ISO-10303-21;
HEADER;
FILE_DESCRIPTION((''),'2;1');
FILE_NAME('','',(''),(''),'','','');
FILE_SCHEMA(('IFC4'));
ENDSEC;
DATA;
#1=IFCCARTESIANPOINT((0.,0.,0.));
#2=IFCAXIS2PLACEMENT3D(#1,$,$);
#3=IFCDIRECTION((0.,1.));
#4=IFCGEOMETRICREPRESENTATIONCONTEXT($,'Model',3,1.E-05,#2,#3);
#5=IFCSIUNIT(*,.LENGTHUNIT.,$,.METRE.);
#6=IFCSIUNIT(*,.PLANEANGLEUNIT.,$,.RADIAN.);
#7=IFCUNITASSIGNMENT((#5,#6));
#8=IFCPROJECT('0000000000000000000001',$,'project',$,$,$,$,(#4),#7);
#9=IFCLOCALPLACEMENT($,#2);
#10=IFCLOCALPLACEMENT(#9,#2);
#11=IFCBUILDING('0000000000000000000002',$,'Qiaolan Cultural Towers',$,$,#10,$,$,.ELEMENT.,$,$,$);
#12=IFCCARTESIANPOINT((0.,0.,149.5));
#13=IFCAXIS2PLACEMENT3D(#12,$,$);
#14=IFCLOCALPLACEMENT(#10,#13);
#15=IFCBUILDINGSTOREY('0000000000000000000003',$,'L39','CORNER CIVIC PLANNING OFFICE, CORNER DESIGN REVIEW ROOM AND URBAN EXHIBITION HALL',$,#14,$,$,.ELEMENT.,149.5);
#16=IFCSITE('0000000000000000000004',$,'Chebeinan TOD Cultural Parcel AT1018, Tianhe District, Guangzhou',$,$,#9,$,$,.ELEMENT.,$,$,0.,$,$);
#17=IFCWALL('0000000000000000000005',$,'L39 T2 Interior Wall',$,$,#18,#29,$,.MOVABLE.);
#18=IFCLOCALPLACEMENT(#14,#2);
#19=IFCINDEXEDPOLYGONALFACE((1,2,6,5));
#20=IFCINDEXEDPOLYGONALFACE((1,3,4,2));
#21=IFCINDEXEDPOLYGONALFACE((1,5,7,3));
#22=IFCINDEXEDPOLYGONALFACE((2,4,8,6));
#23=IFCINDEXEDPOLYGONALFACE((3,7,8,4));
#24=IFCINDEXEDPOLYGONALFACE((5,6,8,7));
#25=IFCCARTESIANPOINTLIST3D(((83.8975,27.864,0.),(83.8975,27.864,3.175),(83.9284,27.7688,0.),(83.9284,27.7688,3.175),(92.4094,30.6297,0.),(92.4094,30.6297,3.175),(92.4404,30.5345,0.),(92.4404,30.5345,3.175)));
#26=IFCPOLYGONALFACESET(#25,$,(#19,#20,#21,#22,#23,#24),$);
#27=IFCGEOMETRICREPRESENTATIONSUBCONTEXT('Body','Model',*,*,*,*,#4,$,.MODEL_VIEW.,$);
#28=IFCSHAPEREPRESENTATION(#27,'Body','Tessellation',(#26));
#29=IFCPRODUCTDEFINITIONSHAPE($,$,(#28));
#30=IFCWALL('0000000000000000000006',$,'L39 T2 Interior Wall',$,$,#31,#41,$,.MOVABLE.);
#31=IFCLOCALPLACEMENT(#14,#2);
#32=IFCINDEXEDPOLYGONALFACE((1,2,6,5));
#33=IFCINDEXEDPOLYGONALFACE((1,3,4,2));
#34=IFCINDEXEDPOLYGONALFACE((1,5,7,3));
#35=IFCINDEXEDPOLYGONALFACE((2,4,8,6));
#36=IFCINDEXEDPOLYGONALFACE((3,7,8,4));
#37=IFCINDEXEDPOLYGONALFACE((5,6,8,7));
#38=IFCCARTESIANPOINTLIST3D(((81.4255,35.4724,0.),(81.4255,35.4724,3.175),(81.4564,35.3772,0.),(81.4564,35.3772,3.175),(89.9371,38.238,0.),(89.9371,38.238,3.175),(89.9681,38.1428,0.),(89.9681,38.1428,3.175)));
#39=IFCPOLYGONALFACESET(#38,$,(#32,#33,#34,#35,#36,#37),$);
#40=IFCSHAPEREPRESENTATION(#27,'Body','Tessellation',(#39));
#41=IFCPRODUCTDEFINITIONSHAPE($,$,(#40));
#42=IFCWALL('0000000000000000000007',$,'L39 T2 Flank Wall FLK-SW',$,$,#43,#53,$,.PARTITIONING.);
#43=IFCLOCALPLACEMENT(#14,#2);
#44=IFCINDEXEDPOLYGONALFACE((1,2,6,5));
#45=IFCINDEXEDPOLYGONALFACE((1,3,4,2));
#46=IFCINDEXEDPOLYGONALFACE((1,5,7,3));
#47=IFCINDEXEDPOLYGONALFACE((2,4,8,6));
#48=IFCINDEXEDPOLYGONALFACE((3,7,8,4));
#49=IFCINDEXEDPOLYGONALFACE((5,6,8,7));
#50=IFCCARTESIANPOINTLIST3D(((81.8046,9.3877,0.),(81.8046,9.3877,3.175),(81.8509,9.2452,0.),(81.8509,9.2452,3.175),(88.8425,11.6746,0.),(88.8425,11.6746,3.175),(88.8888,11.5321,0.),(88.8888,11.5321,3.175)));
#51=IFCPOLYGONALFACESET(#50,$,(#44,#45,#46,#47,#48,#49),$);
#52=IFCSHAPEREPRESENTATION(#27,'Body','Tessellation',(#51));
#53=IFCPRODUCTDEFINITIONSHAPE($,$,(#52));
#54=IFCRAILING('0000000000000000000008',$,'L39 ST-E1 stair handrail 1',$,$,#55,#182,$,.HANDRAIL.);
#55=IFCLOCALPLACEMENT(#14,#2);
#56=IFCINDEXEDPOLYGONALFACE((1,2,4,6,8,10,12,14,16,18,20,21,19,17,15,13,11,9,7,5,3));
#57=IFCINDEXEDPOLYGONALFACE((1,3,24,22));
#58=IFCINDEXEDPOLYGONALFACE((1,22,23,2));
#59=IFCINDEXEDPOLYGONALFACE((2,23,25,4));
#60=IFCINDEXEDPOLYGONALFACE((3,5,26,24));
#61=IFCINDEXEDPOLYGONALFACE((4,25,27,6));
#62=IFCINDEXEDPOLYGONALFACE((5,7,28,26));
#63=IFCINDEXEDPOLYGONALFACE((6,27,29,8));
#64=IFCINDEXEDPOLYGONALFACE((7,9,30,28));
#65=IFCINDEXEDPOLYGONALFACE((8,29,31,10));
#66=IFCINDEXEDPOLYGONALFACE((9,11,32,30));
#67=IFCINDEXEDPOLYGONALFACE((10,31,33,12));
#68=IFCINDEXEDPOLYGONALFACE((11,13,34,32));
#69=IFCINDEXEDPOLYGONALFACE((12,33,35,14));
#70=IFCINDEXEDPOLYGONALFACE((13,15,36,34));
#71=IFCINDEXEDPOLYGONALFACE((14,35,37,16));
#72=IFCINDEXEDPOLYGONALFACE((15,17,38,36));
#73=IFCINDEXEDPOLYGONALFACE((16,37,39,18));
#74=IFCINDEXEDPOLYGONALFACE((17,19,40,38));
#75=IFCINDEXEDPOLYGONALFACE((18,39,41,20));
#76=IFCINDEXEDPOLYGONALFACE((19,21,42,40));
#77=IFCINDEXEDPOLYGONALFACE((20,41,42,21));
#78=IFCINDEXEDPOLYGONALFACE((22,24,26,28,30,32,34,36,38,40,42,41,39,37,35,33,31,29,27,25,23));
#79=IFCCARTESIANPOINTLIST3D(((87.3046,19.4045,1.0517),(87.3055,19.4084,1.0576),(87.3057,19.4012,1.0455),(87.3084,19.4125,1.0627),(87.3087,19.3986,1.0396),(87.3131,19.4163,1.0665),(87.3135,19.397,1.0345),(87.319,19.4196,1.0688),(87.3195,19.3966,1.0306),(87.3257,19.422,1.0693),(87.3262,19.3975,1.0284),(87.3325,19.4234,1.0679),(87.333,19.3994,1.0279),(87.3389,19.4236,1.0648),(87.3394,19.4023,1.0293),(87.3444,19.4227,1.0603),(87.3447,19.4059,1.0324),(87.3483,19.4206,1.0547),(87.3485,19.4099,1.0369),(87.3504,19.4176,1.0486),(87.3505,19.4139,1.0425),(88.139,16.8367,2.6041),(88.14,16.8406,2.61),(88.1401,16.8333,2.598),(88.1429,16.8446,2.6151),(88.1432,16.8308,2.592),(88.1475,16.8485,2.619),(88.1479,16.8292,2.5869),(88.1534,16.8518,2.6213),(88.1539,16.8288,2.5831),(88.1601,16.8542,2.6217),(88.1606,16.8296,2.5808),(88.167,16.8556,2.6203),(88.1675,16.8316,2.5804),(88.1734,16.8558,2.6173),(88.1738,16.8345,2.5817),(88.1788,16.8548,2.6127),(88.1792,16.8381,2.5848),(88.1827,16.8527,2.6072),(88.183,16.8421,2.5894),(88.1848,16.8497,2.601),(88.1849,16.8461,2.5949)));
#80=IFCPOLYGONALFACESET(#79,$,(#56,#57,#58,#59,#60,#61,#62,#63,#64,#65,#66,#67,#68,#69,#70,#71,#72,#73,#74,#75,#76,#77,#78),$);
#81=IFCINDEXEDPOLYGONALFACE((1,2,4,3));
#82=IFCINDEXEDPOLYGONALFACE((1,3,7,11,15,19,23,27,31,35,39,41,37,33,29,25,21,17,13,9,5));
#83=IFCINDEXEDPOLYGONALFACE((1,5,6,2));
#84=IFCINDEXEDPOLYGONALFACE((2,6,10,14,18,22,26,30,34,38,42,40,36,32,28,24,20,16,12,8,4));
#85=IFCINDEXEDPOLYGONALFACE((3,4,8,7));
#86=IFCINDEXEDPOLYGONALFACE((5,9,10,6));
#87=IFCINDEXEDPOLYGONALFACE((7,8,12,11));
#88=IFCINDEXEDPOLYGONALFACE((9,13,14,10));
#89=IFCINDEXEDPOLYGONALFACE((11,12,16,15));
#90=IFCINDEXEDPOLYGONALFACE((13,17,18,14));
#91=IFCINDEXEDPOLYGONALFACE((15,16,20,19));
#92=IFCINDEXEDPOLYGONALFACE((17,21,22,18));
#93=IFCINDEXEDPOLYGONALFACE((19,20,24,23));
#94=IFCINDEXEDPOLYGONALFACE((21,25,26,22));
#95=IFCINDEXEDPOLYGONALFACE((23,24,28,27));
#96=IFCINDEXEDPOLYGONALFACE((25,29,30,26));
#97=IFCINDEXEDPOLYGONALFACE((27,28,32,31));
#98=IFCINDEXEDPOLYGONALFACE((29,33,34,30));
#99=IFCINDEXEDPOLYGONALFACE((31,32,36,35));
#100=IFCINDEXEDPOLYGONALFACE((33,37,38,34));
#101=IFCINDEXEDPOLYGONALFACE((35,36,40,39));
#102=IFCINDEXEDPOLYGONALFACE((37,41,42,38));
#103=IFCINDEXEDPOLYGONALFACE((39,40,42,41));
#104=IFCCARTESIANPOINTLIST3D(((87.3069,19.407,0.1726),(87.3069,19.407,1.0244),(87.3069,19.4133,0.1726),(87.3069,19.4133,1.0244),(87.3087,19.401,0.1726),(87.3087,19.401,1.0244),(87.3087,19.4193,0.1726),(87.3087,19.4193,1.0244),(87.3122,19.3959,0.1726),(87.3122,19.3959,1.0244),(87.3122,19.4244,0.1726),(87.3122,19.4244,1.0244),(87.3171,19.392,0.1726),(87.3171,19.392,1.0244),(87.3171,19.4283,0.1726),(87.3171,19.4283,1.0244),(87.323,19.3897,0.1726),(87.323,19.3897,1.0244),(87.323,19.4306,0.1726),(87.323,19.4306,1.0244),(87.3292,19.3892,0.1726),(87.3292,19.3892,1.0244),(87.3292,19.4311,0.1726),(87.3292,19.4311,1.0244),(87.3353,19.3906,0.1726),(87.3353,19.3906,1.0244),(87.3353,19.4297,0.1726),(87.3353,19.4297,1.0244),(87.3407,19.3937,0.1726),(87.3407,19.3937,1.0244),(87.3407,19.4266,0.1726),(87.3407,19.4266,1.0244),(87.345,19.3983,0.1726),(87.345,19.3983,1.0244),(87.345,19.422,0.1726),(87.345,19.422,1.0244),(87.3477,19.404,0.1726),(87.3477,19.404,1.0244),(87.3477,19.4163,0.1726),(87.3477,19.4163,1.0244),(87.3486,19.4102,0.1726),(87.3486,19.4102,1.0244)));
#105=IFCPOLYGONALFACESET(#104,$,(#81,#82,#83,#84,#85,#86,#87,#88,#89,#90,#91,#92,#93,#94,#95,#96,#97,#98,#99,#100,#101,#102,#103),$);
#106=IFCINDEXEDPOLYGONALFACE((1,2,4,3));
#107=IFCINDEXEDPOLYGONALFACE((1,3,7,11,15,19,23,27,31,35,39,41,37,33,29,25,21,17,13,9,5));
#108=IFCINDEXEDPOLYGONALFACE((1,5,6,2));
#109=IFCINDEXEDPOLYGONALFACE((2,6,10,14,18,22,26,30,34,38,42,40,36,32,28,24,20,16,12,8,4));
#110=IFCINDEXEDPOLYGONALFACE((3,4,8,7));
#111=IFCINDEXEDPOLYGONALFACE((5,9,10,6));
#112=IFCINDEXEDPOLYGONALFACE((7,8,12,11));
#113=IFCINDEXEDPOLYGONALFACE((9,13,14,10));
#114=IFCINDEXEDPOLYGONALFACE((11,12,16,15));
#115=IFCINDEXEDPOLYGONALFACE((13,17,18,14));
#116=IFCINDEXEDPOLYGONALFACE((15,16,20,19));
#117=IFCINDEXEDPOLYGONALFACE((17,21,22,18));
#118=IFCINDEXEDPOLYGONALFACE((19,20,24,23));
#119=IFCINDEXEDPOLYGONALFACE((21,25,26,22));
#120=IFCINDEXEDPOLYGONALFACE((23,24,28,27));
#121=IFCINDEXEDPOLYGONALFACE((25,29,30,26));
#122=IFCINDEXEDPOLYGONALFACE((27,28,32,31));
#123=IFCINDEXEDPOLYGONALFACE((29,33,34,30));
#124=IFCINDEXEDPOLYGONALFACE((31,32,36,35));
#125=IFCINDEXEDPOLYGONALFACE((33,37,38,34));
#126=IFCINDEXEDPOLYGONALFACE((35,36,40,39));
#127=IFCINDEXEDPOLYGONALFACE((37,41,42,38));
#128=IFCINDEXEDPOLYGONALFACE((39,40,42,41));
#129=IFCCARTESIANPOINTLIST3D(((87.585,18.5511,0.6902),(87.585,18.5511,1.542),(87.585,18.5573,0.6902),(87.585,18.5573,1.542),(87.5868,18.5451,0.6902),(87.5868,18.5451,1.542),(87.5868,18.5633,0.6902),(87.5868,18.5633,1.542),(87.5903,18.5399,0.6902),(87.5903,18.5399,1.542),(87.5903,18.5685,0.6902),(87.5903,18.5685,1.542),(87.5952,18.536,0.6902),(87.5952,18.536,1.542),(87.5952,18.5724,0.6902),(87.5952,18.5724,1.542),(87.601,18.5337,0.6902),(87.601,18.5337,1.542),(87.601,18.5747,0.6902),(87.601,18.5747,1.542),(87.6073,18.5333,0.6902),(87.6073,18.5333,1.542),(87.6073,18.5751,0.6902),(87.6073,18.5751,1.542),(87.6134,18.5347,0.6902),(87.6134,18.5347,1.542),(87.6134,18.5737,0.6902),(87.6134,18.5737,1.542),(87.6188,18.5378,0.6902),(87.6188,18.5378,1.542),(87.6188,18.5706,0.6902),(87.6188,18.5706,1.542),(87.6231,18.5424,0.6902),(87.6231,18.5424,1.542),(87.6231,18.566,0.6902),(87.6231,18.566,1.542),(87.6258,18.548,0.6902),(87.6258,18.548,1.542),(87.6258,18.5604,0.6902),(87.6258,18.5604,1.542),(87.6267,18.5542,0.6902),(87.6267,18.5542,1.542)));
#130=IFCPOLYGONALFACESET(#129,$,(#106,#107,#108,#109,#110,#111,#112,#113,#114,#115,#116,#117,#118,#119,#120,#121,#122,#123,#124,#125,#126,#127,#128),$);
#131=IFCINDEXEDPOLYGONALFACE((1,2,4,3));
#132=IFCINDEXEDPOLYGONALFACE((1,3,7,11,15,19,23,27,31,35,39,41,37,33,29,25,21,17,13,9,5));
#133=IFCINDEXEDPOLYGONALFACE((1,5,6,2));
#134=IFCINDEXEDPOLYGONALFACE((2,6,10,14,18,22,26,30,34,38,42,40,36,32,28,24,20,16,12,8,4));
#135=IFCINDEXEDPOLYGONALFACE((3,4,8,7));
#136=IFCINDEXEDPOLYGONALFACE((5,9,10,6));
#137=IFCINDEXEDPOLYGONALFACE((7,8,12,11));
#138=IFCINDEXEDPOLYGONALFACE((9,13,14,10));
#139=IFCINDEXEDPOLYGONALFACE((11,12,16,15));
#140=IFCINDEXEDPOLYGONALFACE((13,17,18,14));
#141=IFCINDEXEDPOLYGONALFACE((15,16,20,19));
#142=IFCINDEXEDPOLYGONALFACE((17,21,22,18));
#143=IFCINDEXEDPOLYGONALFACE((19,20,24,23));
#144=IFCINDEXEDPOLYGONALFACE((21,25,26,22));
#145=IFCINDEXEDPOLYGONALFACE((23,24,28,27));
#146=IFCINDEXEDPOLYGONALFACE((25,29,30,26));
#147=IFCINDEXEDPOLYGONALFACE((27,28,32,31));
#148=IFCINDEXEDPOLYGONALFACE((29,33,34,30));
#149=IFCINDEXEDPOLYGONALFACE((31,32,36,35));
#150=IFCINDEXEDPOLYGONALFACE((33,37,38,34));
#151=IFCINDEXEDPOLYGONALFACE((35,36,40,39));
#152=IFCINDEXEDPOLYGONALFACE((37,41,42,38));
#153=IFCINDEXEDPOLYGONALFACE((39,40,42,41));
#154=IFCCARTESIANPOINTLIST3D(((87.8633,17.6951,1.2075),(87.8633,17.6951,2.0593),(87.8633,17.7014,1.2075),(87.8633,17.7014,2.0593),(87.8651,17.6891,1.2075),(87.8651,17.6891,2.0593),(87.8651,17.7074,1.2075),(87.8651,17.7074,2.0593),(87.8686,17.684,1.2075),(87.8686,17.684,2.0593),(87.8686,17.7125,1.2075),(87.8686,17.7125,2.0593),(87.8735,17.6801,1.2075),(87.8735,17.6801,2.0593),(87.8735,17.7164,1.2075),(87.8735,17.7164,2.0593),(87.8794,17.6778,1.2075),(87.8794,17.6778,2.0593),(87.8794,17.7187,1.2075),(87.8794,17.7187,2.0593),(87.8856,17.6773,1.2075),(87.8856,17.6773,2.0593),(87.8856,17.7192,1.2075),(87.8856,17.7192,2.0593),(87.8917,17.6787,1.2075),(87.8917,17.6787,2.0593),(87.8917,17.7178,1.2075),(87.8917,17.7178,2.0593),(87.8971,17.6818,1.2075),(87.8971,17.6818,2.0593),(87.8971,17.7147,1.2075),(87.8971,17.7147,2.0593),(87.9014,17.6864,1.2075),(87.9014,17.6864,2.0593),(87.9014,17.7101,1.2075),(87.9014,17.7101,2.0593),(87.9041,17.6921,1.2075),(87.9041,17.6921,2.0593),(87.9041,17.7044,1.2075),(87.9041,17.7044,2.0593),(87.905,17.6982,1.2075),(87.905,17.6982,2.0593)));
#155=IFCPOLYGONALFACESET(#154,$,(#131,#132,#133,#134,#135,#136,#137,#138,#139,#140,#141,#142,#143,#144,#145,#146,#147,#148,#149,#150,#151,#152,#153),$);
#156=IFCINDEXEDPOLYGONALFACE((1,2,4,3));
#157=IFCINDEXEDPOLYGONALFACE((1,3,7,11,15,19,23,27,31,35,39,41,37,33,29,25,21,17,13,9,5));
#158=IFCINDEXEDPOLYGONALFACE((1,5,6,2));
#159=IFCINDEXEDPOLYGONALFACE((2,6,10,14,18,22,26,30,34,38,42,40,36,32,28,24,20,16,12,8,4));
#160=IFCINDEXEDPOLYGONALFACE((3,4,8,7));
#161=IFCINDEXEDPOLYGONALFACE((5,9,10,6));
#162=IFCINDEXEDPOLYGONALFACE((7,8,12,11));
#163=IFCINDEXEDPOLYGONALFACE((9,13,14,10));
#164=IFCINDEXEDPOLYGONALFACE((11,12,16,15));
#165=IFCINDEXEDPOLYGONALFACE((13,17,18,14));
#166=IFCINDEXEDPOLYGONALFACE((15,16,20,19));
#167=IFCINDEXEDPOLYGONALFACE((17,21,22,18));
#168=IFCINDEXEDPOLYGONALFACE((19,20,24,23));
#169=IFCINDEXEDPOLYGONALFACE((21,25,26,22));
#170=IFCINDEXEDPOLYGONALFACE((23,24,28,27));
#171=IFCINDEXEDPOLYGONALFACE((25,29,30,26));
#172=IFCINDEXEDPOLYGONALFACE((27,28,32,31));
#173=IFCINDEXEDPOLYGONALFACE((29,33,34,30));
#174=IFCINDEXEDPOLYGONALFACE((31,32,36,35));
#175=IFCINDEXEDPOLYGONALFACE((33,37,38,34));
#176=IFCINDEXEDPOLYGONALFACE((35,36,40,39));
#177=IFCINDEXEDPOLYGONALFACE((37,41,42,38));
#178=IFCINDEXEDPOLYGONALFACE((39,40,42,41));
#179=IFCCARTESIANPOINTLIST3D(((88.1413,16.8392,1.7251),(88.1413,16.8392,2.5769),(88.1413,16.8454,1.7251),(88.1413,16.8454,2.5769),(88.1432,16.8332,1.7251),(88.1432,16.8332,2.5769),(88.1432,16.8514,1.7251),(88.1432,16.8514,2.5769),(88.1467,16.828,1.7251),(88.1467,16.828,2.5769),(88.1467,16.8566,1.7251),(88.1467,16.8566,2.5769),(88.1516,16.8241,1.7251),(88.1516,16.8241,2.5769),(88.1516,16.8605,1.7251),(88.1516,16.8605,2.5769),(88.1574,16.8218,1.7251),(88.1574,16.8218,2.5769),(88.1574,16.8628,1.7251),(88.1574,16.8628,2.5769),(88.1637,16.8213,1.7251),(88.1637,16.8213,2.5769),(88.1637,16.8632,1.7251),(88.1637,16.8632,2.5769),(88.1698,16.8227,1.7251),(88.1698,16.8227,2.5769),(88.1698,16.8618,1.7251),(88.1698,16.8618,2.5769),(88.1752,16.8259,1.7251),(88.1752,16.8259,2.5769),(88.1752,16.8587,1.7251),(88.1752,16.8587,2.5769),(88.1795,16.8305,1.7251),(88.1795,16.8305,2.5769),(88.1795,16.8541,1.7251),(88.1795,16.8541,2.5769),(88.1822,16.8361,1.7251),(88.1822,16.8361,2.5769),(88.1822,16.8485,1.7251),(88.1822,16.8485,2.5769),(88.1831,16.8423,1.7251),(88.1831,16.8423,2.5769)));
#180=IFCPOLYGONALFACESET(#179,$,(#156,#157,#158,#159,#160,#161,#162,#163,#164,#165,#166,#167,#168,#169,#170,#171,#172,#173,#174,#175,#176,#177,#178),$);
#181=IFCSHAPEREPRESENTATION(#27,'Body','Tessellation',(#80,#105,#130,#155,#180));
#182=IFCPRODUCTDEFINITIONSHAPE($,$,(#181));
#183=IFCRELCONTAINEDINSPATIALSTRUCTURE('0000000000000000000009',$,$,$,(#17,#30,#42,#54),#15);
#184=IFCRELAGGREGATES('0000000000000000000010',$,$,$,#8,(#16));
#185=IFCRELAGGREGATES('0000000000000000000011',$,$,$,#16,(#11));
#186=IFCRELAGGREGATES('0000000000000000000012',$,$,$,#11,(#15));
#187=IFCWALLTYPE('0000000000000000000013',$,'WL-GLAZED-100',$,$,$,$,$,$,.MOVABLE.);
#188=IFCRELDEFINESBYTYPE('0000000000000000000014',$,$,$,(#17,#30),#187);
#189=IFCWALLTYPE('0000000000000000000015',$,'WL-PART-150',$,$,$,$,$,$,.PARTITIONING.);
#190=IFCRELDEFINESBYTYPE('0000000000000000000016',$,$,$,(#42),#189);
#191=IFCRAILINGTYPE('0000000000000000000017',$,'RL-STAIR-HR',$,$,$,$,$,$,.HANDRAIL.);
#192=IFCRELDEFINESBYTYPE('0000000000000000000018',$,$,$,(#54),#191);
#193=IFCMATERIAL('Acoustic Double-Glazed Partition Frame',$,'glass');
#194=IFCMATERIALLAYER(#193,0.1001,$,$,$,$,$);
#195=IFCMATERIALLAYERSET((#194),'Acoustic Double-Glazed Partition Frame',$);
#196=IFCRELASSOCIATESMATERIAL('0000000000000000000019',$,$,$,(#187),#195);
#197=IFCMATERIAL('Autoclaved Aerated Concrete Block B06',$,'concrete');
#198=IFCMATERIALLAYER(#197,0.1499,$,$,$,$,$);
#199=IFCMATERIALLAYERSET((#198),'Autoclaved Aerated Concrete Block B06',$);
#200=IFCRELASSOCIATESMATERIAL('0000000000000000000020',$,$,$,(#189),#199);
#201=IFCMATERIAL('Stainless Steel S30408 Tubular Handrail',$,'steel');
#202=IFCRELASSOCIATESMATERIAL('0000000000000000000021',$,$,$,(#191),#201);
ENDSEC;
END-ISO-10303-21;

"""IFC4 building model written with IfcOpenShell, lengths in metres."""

from ifc_helpers import new_model, si_unit, direction, frame, frame_2d, origin, origin_2d, place, context, subcontext, project, spatial, rectangle, circle, extrude, material, layer, layer_set, type_object, element, save


model = new_model("IFC4")

# Units and contexts
model_context = context("Model", 3, precision=1e-05, world=origin(), true_north=direction((0.0, 1.0)))
body_context = subcontext(model_context, "Body", "Model", "MODEL_VIEW")
ifc_project = project(units=[si_unit("LENGTHUNIT", "METRE"), si_unit("PLANEANGLEUNIT", "RADIAN")], contexts=[model_context])

# Site, building, storey
site_placement = place(None, origin())
site = spatial("IfcSite", under=ifc_project, at=site_placement, Name="Chebeinan TOD Cultural Parcel AT1018, Tianhe District, Guangzhou", CompositionType="ELEMENT", RefElevation=0.0)
building_placement = place(site_placement, origin())
building = spatial("IfcBuilding", under=site, at=building_placement, Name="Qiaolan Cultural Towers", CompositionType="ELEMENT")
storey_placement = place(building_placement, frame((0.0, 0.0, 149.5)))
storey = spatial("IfcBuildingStorey", under=building, at=storey_placement, Name="L39", Description="CORNER CIVIC PLANNING OFFICE, CORNER DESIGN REVIEW ROOM AND URBAN EXHIBITION HALL", CompositionType="ELEMENT", Elevation=149.5)

# Shared definitions
ifc_material_1 = material(Name="Acoustic Double-Glazed Partition Frame", Category="glass")
ifc_layer_1 = layer(ifc_material_1, 0.1001)
ifc_layer_set_1 = layer_set([ifc_layer_1], Name="Acoustic Double-Glazed Partition Frame")
wall_type_1 = type_object("IfcWallType", Name="WL-GLAZED-100", PredefinedType="MOVABLE", material=ifc_layer_set_1)

# Walls
wall_1_placement = place(storey_placement, frame((83.9128, 27.8164, 0.0), z_axis=(0.0, 0.0, 1.0), x_axis=(0.951059, 0.309009, 0.0)))
element("IfcWall", 1, at=wall_1_placement, inside=storey, type_object=wall_type_1, Name="L39 T2 Interior Wall", PredefinedType="MOVABLE", context=body_context, shape_type="SweptSolid", body=[
    extrude(rectangle(XDim=8.95, YDim=0.1001, at=frame_2d((4.4751, 0.0))), origin(), (0.0, 0.0, 1.0), 3.175),
])
wall_2_placement = place(storey_placement, frame((81.4409, 35.4248, 0.0), z_axis=(0.0, 0.0, 1.0), x_axis=(0.951057, 0.309017, 0.0)))
element("IfcWall", 2, at=wall_2_placement, inside=storey, type_object=wall_type_1, Name="L39 T2 Interior Wall", PredefinedType="MOVABLE", context=body_context, shape_type="SweptSolid", body=[
    extrude(rectangle(XDim=8.9497, YDim=0.1001, at=frame_2d((4.4749, 0.0))), origin(), (0.0, 0.0, 1.0), 3.175),
])
ifc_material_2 = material(Name="Autoclaved Aerated Concrete Block B06", Category="concrete")
ifc_layer_2 = layer(ifc_material_2, 0.1499)
ifc_layer_set_2 = layer_set([ifc_layer_2], Name="Autoclaved Aerated Concrete Block B06")
wall_type_2 = type_object("IfcWallType", Name="WL-PART-150", PredefinedType="PARTITIONING", material=ifc_layer_set_2)
wall_3_placement = place(storey_placement, frame((81.8276, 9.3164, 0.0), z_axis=(0.0, 0.0, 1.0), x_axis=(0.951051, 0.309033, 0.0)))
element("IfcWall", 3, at=wall_3_placement, inside=storey, type_object=wall_type_2, Name="L39 T2 Flank Wall FLK-SW", PredefinedType="PARTITIONING", context=body_context, shape_type="SweptSolid", body=[
    extrude(rectangle(XDim=7.4001, YDim=0.1499, at=frame_2d((3.7002, 0.0))), origin(), (0.0, 0.0, 1.0), 3.175),
])

# Railing
ifc_material_3 = material(Name="Stainless Steel S30408 Tubular Handrail", Category="steel")
railing_type = type_object("IfcRailingType", Name="RL-STAIR-HR", PredefinedType="HANDRAIL", material=ifc_material_3)
railing_placement = place(storey_placement, frame((87.3276, 19.4102, 0.1726)))
element("IfcRailing", 4, at=railing_placement, inside=storey, type_object=railing_type, Name="L39 ST-E1 stair handrail 1", PredefinedType="HANDRAIL", context=body_context, shape_type="SweptSolid", body=[
    extrude(circle(Radius=0.0239, at=origin_2d()), frame((0.0, 0.0, 0.876), z_axis=(0.267926, -0.824471, 0.498461), x_axis=(0.951043, 0.309057, 0.0)), (0.0, 0.0, 1.0), 3.1145),
    extrude(circle(Radius=0.021, at=origin_2d()), origin(), (0.0, 0.0, 1.0), 0.8518),
    extrude(circle(Radius=0.021, at=origin_2d()), frame((0.2781, -0.856, 0.5176)), (0.0, 0.0, 1.0), 0.8518),
    extrude(circle(Radius=0.021, at=origin_2d()), frame((0.5564, -1.7119, 1.0349)), (0.0, 0.0, 1.0), 0.8518),
    extrude(circle(Radius=0.021, at=origin_2d()), frame((0.8345, -2.5679, 1.5525)), (0.0, 0.0, 1.0), 0.8518),
])

save(model, "model.ifc")
